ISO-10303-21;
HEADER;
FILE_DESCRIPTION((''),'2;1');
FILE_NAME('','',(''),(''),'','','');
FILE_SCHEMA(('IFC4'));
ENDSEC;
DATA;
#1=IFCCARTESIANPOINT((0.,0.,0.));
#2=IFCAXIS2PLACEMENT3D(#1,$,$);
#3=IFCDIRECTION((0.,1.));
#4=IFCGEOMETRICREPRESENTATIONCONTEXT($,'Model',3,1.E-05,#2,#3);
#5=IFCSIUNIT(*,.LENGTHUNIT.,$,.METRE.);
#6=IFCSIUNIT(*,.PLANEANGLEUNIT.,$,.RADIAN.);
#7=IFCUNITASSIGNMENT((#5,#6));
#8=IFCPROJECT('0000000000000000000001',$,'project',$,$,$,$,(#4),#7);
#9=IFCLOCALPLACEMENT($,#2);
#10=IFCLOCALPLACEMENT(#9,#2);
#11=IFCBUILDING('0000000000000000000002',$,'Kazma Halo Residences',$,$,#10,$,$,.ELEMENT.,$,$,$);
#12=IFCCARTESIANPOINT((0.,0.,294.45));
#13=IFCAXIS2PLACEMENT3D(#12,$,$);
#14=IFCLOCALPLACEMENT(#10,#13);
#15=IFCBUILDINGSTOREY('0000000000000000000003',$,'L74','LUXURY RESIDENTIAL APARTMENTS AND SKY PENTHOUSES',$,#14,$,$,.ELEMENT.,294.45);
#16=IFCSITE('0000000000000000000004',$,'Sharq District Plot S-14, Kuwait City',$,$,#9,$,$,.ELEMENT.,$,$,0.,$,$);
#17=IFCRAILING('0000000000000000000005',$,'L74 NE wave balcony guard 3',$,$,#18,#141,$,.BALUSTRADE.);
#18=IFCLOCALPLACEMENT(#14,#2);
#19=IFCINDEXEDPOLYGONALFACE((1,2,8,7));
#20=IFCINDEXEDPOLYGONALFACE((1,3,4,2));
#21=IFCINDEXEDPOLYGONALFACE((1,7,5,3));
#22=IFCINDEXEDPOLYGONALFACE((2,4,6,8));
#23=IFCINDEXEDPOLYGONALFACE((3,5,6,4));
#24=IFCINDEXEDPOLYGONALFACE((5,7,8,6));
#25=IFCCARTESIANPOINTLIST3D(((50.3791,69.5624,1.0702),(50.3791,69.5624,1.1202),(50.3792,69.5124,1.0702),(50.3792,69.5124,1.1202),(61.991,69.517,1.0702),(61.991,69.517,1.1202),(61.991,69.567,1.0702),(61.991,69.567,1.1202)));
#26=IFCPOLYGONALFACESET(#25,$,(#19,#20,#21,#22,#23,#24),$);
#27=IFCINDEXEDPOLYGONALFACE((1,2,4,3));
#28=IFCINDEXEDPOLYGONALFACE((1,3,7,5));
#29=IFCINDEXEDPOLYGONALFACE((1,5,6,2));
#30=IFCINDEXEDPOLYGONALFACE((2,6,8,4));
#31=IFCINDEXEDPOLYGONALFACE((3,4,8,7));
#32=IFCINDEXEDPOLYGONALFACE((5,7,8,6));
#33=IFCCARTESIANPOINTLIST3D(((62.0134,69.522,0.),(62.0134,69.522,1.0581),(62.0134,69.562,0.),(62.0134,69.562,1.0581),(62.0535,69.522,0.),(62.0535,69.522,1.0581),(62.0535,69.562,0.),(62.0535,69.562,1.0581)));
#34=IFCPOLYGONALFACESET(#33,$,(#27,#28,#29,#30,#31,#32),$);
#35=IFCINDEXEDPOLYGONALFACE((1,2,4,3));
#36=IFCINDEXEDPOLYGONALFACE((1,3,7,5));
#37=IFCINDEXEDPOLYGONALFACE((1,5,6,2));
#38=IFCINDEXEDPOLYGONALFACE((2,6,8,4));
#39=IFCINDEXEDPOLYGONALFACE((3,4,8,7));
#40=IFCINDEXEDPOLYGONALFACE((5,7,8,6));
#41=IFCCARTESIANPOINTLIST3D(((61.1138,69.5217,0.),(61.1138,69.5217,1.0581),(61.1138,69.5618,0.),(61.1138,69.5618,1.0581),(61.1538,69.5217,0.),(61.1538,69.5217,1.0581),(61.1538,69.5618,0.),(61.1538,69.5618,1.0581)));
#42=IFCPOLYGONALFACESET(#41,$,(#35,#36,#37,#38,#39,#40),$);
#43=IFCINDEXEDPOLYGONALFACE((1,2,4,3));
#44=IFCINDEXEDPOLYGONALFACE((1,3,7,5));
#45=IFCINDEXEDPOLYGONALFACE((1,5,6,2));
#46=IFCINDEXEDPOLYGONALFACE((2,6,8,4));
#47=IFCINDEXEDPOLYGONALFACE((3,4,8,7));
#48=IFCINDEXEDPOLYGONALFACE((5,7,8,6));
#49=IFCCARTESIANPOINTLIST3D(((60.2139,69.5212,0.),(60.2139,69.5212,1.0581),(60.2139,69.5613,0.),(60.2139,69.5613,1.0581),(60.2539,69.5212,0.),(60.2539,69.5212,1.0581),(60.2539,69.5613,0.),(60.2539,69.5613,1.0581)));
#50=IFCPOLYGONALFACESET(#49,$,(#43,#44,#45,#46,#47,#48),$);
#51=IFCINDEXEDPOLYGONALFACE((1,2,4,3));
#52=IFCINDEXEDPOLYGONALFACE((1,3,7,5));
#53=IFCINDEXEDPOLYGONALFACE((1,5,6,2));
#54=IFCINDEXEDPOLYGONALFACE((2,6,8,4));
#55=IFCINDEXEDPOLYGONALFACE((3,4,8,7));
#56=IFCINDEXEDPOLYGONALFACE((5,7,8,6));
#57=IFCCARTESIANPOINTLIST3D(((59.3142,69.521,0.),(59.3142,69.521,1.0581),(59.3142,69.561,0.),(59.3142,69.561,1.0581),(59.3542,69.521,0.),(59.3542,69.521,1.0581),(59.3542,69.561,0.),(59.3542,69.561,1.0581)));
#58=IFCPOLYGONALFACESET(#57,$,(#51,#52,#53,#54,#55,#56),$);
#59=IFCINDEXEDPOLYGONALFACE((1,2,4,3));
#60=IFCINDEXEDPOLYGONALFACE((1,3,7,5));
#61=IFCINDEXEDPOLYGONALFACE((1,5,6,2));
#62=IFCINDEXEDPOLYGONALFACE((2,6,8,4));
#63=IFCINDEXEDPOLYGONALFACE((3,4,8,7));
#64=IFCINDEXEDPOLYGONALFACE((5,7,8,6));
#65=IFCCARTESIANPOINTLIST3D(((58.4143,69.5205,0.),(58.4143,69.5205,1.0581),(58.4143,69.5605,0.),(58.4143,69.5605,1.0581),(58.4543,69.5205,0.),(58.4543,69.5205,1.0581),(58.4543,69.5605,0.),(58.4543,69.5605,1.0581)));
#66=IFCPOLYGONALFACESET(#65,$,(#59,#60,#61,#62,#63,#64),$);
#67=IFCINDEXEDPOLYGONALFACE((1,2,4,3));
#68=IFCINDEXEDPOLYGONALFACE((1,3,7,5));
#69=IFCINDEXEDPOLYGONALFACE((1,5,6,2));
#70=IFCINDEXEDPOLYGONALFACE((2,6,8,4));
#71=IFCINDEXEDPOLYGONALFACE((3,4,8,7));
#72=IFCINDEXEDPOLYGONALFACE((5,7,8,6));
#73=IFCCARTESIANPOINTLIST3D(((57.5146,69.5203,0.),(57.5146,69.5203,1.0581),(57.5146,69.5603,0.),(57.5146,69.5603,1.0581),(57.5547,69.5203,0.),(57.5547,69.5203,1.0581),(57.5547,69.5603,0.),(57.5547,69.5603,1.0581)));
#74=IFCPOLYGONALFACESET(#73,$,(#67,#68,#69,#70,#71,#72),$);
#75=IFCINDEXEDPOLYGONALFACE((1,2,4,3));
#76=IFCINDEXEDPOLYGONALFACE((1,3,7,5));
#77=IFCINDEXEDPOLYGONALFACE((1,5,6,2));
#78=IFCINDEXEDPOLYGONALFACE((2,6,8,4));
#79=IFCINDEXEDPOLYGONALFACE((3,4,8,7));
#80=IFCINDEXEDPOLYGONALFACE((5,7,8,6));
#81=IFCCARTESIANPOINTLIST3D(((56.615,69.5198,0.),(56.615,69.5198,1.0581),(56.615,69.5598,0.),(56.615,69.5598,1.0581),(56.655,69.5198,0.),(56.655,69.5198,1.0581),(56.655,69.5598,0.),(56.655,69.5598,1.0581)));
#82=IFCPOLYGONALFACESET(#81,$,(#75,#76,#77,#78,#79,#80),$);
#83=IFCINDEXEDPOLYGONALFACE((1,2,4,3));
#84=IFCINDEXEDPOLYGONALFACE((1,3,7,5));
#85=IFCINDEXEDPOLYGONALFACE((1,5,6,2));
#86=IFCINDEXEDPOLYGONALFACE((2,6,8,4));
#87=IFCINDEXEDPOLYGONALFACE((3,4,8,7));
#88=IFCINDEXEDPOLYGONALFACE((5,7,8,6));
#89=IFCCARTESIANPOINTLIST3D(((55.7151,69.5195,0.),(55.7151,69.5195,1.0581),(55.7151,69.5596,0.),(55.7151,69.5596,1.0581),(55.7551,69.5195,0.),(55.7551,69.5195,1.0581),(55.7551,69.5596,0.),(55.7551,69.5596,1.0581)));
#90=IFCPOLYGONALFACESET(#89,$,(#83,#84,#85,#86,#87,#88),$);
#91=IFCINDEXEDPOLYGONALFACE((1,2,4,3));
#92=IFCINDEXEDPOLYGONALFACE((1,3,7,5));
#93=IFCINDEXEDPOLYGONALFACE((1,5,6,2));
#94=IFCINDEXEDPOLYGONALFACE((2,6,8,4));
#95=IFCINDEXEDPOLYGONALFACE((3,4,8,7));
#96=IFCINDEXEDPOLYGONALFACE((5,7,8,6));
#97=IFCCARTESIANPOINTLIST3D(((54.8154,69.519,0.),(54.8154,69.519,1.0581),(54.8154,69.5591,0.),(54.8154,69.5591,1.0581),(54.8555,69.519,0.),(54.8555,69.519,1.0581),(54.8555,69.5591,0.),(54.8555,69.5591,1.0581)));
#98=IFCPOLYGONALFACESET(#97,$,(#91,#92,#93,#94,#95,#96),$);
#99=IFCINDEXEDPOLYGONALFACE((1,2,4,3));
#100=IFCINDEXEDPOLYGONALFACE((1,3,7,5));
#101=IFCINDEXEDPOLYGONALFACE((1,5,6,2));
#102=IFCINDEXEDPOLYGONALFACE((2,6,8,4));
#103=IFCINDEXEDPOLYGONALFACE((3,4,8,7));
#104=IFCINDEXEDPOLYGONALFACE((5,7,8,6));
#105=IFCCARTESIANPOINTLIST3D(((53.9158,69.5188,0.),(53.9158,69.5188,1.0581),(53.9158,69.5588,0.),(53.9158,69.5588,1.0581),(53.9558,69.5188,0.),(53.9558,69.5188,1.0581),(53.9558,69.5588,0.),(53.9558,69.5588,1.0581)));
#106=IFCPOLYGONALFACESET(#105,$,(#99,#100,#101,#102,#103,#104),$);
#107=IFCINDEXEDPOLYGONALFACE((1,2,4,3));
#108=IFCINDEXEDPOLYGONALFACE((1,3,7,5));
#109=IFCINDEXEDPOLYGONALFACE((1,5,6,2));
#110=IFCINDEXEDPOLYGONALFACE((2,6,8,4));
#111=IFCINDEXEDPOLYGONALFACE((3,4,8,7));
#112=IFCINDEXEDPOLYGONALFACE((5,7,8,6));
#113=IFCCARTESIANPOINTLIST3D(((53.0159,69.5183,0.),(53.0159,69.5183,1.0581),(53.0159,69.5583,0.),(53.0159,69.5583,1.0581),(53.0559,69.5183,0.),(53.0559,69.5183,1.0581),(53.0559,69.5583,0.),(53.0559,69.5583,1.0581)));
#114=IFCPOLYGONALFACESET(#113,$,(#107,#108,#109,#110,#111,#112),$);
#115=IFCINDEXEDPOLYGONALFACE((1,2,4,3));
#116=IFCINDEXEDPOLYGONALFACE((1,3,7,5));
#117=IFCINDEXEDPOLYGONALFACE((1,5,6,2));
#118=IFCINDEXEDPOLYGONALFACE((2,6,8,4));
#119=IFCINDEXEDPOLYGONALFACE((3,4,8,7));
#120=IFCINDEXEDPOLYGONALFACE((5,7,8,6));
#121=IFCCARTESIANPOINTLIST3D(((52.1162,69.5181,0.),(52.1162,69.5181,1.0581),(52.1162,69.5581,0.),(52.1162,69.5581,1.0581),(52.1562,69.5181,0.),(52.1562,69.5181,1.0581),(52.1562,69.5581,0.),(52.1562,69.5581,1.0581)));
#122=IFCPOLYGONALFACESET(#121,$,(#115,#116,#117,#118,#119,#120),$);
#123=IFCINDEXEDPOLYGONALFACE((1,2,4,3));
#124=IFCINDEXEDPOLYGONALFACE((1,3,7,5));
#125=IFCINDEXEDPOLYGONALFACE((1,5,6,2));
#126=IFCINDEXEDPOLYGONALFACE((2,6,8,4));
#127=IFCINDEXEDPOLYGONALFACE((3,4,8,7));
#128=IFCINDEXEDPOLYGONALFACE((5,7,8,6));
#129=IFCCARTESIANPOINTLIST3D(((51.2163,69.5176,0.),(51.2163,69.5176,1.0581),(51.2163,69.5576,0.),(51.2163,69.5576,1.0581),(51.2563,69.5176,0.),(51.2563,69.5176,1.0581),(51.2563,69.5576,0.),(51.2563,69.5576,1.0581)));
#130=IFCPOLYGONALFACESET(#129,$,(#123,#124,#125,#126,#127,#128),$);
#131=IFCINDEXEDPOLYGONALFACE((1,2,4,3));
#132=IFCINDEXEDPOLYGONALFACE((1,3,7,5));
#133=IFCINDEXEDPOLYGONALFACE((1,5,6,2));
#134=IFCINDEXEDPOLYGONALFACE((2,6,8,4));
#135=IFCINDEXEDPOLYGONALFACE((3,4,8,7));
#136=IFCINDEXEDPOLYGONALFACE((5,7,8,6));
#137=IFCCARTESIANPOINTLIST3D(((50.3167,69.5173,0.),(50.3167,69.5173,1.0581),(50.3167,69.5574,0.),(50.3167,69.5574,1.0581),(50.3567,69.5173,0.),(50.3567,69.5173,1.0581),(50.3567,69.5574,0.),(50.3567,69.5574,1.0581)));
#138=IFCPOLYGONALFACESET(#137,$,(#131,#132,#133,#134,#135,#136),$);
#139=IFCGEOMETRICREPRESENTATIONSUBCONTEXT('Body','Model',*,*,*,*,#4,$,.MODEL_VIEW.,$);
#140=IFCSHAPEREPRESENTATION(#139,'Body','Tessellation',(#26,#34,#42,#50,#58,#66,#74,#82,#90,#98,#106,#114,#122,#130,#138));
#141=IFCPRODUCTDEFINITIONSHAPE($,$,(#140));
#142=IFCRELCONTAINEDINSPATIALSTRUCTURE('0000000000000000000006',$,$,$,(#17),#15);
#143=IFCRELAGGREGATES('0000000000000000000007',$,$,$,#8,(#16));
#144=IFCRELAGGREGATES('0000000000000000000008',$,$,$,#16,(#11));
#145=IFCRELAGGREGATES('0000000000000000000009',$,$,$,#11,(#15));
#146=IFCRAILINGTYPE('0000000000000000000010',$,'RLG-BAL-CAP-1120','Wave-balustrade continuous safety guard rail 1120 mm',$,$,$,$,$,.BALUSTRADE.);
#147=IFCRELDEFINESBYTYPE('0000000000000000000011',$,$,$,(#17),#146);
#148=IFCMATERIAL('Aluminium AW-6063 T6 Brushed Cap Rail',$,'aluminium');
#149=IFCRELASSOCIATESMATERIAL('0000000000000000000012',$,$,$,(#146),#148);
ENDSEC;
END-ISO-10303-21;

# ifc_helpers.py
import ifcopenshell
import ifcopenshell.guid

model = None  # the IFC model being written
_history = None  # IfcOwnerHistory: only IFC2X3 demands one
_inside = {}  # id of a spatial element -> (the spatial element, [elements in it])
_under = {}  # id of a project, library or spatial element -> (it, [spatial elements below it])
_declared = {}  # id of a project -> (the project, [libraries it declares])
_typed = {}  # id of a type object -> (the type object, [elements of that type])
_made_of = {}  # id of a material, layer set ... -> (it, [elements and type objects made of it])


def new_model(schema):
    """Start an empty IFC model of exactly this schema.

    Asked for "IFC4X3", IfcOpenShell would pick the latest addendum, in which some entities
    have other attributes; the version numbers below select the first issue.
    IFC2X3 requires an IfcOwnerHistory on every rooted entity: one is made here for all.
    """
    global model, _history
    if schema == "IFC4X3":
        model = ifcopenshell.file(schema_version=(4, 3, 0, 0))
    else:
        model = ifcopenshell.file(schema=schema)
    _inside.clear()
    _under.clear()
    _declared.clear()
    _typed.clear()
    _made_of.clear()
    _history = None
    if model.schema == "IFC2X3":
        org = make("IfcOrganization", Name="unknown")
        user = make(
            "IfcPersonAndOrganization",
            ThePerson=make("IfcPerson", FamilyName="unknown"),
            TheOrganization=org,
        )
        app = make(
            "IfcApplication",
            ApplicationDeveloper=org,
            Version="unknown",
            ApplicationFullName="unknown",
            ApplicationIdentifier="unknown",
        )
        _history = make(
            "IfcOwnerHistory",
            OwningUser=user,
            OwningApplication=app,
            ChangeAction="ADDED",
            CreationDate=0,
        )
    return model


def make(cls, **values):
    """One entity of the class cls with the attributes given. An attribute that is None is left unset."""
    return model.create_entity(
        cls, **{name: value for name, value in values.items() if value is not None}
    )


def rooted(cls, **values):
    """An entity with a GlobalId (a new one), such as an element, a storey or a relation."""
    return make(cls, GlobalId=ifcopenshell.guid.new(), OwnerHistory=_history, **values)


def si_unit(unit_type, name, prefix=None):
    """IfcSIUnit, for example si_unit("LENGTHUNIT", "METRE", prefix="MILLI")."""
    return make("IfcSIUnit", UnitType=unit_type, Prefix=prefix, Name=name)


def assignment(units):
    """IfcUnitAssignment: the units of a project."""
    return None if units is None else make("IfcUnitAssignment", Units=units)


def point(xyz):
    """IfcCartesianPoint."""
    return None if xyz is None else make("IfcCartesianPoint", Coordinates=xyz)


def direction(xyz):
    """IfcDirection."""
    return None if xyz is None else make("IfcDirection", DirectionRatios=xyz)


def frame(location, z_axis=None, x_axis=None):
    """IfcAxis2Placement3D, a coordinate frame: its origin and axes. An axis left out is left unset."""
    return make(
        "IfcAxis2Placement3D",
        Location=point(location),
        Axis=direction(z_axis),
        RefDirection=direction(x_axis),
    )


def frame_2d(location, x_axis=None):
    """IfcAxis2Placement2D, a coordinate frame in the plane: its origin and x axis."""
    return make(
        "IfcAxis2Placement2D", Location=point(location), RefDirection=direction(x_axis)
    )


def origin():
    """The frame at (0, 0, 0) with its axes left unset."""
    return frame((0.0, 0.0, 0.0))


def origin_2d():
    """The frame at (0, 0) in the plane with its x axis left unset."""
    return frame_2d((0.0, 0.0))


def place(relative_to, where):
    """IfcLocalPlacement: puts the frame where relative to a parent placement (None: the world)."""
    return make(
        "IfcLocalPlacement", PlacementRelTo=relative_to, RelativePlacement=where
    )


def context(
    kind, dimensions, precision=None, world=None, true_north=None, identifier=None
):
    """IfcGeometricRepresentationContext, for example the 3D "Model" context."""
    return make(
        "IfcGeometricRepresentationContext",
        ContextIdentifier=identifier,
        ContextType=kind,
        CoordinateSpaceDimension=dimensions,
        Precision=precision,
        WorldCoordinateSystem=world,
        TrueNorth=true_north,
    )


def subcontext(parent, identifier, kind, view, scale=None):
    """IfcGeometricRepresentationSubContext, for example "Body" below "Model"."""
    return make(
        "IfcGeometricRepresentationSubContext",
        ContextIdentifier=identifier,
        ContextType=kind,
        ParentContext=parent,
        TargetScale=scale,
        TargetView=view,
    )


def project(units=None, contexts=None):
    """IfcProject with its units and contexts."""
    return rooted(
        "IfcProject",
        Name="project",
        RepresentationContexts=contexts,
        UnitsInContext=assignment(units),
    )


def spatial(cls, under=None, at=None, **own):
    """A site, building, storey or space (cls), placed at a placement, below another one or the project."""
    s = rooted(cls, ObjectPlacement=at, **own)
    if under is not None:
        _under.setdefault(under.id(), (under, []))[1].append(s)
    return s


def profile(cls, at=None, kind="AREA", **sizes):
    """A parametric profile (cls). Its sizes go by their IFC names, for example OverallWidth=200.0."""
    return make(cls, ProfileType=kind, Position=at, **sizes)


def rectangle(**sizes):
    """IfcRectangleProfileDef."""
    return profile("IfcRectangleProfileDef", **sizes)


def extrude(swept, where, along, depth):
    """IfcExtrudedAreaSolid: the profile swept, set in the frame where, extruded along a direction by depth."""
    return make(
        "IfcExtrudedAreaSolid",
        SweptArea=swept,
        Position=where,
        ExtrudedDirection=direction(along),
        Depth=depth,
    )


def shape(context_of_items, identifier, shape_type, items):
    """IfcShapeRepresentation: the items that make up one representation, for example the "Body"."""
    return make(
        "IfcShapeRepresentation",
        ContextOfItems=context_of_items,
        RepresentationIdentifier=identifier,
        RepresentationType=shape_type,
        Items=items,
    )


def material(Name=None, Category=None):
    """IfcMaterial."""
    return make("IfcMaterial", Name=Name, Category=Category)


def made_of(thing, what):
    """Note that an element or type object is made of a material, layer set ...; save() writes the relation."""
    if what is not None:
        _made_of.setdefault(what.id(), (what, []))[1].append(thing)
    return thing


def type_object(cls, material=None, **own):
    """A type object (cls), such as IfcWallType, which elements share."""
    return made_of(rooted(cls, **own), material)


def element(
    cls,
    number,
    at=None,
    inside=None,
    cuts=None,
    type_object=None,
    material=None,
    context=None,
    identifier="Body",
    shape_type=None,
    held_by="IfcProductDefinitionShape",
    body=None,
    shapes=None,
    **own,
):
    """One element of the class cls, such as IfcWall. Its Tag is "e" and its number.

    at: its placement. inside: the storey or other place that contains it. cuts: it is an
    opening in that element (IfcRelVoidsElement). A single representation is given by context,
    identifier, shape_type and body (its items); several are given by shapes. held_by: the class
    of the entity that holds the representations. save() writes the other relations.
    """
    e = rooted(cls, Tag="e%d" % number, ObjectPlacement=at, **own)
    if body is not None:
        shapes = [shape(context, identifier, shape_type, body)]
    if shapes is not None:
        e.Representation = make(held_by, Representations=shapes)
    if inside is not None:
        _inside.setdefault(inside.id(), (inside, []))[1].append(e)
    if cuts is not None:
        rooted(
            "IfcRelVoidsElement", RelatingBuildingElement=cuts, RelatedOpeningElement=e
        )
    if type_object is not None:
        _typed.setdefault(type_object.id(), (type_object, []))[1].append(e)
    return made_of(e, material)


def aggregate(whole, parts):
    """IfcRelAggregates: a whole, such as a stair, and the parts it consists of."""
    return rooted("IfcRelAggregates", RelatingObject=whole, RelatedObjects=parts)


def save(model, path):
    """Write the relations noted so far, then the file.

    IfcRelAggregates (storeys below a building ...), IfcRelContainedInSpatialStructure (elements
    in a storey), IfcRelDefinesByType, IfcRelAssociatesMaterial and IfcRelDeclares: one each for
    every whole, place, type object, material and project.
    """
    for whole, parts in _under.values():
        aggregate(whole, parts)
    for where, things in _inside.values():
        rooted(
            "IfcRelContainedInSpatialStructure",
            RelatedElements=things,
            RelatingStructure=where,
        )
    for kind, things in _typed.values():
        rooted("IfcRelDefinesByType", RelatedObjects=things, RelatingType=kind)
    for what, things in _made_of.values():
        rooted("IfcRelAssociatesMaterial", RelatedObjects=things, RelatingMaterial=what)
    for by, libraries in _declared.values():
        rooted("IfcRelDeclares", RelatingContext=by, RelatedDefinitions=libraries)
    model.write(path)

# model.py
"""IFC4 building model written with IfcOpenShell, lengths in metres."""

from ifc_helpers import new_model, si_unit, direction, frame, origin, origin_2d, place, context, subcontext, project, spatial, rectangle, extrude, material, type_object, element, save


model = new_model("IFC4")

# Units and contexts
model_context = context("Model", 3, precision=1e-05, world=origin(), true_north=direction((0.0, 1.0)))
body_context = subcontext(model_context, "Body", "Model", "MODEL_VIEW")
ifc_project = project(units=[si_unit("LENGTHUNIT", "METRE"), si_unit("PLANEANGLEUNIT", "RADIAN")], contexts=[model_context])

# Site, building, storey
site_placement = place(None, origin())
site = spatial("IfcSite", under=ifc_project, at=site_placement, Name="Sharq District Plot S-14, Kuwait City", CompositionType="ELEMENT", RefElevation=0.0)
building_placement = place(site_placement, origin())
building = spatial("IfcBuilding", under=site, at=building_placement, Name="Kazma Halo Residences", CompositionType="ELEMENT")
storey_placement = place(building_placement, frame((0.0, 0.0, 294.45)))
storey = spatial("IfcBuildingStorey", under=building, at=storey_placement, Name="L74", Description="LUXURY RESIDENTIAL APARTMENTS AND SKY PENTHOUSES", CompositionType="ELEMENT", Elevation=294.45)

# Railing
ifc_material_1 = material(Name="Aluminium AW-6063 T6 Brushed Cap Rail", Category="aluminium")
railing_type = type_object("IfcRailingType", Name="RLG-BAL-CAP-1120", Description="Wave-balustrade continuous safety guard rail 1120 mm", PredefinedType="BALUSTRADE", material=ifc_material_1)
railing_1_placement = place(storey_placement, frame((62.0334, 69.542, 0.0)))
element("IfcRailing", 1, at=railing_1_placement, inside=storey, type_object=railing_type, Name="L74 NE wave balcony guard 3", PredefinedType="BALUSTRADE", context=body_context, shape_type="SweptSolid", body=[
    extrude(rectangle(XDim=0.05, YDim=0.05, at=origin_2d()), frame((-0.0425, 0.0, 1.0952), z_axis=(-1.0, -0.000397, 0.0), x_axis=(0.000397, -1.0, 0.0)), (0.0, 0.0, 1.0), 11.6118),
    extrude(rectangle(XDim=0.04, YDim=0.04, at=origin_2d()), origin(), (0.0, 0.0, 1.0), 1.0581),
    extrude(rectangle(XDim=0.04, YDim=0.04, at=origin_2d()), frame((-0.8997, -0.0002, 0.0)), (0.0, 0.0, 1.0), 1.0581),
    extrude(rectangle(XDim=0.04, YDim=0.04, at=origin_2d()), frame((-1.7996, -0.0007, 0.0)), (0.0, 0.0, 1.0), 1.0581),
    extrude(rectangle(XDim=0.04, YDim=0.04, at=origin_2d()), frame((-2.6992, -0.001, 0.0)), (0.0, 0.0, 1.0), 1.0581),
    extrude(rectangle(XDim=0.04, YDim=0.04, at=origin_2d()), frame((-3.5991, -0.0015, 0.0)), (0.0, 0.0, 1.0), 1.0581),
    extrude(rectangle(XDim=0.04, YDim=0.04, at=origin_2d()), frame((-4.4988, -0.0017, 0.0)), (0.0, 0.0, 1.0), 1.0581),
    extrude(rectangle(XDim=0.04, YDim=0.04, at=origin_2d()), frame((-5.3984, -0.0022, 0.0)), (0.0, 0.0, 1.0), 1.0581),
    extrude(rectangle(XDim=0.04, YDim=0.04, at=origin_2d()), frame((-6.2983, -0.0024, 0.0)), (0.0, 0.0, 1.0), 1.0581),
    extrude(rectangle(XDim=0.04, YDim=0.04, at=origin_2d()), frame((-7.198, -0.0029, 0.0)), (0.0, 0.0, 1.0), 1.0581),
    extrude(rectangle(XDim=0.04, YDim=0.04, at=origin_2d()), frame((-8.0977, -0.0032, 0.0)), (0.0, 0.0, 1.0), 1.0581),
    extrude(rectangle(XDim=0.04, YDim=0.04, at=origin_2d()), frame((-8.9976, -0.0037, 0.0)), (0.0, 0.0, 1.0), 1.0581),
    extrude(rectangle(XDim=0.04, YDim=0.04, at=origin_2d()), frame((-9.8972, -0.0039, 0.0)), (0.0, 0.0, 1.0), 1.0581),
    extrude(rectangle(XDim=0.04, YDim=0.04, at=origin_2d()), frame((-10.7971, -0.0044, 0.0)), (0.0, 0.0, 1.0), 1.0581),
    extrude(rectangle(XDim=0.04, YDim=0.04, at=origin_2d()), frame((-11.6968, -0.0046, 0.0)), (0.0, 0.0, 1.0), 1.0581),
])

save(model, "model.ifc")
